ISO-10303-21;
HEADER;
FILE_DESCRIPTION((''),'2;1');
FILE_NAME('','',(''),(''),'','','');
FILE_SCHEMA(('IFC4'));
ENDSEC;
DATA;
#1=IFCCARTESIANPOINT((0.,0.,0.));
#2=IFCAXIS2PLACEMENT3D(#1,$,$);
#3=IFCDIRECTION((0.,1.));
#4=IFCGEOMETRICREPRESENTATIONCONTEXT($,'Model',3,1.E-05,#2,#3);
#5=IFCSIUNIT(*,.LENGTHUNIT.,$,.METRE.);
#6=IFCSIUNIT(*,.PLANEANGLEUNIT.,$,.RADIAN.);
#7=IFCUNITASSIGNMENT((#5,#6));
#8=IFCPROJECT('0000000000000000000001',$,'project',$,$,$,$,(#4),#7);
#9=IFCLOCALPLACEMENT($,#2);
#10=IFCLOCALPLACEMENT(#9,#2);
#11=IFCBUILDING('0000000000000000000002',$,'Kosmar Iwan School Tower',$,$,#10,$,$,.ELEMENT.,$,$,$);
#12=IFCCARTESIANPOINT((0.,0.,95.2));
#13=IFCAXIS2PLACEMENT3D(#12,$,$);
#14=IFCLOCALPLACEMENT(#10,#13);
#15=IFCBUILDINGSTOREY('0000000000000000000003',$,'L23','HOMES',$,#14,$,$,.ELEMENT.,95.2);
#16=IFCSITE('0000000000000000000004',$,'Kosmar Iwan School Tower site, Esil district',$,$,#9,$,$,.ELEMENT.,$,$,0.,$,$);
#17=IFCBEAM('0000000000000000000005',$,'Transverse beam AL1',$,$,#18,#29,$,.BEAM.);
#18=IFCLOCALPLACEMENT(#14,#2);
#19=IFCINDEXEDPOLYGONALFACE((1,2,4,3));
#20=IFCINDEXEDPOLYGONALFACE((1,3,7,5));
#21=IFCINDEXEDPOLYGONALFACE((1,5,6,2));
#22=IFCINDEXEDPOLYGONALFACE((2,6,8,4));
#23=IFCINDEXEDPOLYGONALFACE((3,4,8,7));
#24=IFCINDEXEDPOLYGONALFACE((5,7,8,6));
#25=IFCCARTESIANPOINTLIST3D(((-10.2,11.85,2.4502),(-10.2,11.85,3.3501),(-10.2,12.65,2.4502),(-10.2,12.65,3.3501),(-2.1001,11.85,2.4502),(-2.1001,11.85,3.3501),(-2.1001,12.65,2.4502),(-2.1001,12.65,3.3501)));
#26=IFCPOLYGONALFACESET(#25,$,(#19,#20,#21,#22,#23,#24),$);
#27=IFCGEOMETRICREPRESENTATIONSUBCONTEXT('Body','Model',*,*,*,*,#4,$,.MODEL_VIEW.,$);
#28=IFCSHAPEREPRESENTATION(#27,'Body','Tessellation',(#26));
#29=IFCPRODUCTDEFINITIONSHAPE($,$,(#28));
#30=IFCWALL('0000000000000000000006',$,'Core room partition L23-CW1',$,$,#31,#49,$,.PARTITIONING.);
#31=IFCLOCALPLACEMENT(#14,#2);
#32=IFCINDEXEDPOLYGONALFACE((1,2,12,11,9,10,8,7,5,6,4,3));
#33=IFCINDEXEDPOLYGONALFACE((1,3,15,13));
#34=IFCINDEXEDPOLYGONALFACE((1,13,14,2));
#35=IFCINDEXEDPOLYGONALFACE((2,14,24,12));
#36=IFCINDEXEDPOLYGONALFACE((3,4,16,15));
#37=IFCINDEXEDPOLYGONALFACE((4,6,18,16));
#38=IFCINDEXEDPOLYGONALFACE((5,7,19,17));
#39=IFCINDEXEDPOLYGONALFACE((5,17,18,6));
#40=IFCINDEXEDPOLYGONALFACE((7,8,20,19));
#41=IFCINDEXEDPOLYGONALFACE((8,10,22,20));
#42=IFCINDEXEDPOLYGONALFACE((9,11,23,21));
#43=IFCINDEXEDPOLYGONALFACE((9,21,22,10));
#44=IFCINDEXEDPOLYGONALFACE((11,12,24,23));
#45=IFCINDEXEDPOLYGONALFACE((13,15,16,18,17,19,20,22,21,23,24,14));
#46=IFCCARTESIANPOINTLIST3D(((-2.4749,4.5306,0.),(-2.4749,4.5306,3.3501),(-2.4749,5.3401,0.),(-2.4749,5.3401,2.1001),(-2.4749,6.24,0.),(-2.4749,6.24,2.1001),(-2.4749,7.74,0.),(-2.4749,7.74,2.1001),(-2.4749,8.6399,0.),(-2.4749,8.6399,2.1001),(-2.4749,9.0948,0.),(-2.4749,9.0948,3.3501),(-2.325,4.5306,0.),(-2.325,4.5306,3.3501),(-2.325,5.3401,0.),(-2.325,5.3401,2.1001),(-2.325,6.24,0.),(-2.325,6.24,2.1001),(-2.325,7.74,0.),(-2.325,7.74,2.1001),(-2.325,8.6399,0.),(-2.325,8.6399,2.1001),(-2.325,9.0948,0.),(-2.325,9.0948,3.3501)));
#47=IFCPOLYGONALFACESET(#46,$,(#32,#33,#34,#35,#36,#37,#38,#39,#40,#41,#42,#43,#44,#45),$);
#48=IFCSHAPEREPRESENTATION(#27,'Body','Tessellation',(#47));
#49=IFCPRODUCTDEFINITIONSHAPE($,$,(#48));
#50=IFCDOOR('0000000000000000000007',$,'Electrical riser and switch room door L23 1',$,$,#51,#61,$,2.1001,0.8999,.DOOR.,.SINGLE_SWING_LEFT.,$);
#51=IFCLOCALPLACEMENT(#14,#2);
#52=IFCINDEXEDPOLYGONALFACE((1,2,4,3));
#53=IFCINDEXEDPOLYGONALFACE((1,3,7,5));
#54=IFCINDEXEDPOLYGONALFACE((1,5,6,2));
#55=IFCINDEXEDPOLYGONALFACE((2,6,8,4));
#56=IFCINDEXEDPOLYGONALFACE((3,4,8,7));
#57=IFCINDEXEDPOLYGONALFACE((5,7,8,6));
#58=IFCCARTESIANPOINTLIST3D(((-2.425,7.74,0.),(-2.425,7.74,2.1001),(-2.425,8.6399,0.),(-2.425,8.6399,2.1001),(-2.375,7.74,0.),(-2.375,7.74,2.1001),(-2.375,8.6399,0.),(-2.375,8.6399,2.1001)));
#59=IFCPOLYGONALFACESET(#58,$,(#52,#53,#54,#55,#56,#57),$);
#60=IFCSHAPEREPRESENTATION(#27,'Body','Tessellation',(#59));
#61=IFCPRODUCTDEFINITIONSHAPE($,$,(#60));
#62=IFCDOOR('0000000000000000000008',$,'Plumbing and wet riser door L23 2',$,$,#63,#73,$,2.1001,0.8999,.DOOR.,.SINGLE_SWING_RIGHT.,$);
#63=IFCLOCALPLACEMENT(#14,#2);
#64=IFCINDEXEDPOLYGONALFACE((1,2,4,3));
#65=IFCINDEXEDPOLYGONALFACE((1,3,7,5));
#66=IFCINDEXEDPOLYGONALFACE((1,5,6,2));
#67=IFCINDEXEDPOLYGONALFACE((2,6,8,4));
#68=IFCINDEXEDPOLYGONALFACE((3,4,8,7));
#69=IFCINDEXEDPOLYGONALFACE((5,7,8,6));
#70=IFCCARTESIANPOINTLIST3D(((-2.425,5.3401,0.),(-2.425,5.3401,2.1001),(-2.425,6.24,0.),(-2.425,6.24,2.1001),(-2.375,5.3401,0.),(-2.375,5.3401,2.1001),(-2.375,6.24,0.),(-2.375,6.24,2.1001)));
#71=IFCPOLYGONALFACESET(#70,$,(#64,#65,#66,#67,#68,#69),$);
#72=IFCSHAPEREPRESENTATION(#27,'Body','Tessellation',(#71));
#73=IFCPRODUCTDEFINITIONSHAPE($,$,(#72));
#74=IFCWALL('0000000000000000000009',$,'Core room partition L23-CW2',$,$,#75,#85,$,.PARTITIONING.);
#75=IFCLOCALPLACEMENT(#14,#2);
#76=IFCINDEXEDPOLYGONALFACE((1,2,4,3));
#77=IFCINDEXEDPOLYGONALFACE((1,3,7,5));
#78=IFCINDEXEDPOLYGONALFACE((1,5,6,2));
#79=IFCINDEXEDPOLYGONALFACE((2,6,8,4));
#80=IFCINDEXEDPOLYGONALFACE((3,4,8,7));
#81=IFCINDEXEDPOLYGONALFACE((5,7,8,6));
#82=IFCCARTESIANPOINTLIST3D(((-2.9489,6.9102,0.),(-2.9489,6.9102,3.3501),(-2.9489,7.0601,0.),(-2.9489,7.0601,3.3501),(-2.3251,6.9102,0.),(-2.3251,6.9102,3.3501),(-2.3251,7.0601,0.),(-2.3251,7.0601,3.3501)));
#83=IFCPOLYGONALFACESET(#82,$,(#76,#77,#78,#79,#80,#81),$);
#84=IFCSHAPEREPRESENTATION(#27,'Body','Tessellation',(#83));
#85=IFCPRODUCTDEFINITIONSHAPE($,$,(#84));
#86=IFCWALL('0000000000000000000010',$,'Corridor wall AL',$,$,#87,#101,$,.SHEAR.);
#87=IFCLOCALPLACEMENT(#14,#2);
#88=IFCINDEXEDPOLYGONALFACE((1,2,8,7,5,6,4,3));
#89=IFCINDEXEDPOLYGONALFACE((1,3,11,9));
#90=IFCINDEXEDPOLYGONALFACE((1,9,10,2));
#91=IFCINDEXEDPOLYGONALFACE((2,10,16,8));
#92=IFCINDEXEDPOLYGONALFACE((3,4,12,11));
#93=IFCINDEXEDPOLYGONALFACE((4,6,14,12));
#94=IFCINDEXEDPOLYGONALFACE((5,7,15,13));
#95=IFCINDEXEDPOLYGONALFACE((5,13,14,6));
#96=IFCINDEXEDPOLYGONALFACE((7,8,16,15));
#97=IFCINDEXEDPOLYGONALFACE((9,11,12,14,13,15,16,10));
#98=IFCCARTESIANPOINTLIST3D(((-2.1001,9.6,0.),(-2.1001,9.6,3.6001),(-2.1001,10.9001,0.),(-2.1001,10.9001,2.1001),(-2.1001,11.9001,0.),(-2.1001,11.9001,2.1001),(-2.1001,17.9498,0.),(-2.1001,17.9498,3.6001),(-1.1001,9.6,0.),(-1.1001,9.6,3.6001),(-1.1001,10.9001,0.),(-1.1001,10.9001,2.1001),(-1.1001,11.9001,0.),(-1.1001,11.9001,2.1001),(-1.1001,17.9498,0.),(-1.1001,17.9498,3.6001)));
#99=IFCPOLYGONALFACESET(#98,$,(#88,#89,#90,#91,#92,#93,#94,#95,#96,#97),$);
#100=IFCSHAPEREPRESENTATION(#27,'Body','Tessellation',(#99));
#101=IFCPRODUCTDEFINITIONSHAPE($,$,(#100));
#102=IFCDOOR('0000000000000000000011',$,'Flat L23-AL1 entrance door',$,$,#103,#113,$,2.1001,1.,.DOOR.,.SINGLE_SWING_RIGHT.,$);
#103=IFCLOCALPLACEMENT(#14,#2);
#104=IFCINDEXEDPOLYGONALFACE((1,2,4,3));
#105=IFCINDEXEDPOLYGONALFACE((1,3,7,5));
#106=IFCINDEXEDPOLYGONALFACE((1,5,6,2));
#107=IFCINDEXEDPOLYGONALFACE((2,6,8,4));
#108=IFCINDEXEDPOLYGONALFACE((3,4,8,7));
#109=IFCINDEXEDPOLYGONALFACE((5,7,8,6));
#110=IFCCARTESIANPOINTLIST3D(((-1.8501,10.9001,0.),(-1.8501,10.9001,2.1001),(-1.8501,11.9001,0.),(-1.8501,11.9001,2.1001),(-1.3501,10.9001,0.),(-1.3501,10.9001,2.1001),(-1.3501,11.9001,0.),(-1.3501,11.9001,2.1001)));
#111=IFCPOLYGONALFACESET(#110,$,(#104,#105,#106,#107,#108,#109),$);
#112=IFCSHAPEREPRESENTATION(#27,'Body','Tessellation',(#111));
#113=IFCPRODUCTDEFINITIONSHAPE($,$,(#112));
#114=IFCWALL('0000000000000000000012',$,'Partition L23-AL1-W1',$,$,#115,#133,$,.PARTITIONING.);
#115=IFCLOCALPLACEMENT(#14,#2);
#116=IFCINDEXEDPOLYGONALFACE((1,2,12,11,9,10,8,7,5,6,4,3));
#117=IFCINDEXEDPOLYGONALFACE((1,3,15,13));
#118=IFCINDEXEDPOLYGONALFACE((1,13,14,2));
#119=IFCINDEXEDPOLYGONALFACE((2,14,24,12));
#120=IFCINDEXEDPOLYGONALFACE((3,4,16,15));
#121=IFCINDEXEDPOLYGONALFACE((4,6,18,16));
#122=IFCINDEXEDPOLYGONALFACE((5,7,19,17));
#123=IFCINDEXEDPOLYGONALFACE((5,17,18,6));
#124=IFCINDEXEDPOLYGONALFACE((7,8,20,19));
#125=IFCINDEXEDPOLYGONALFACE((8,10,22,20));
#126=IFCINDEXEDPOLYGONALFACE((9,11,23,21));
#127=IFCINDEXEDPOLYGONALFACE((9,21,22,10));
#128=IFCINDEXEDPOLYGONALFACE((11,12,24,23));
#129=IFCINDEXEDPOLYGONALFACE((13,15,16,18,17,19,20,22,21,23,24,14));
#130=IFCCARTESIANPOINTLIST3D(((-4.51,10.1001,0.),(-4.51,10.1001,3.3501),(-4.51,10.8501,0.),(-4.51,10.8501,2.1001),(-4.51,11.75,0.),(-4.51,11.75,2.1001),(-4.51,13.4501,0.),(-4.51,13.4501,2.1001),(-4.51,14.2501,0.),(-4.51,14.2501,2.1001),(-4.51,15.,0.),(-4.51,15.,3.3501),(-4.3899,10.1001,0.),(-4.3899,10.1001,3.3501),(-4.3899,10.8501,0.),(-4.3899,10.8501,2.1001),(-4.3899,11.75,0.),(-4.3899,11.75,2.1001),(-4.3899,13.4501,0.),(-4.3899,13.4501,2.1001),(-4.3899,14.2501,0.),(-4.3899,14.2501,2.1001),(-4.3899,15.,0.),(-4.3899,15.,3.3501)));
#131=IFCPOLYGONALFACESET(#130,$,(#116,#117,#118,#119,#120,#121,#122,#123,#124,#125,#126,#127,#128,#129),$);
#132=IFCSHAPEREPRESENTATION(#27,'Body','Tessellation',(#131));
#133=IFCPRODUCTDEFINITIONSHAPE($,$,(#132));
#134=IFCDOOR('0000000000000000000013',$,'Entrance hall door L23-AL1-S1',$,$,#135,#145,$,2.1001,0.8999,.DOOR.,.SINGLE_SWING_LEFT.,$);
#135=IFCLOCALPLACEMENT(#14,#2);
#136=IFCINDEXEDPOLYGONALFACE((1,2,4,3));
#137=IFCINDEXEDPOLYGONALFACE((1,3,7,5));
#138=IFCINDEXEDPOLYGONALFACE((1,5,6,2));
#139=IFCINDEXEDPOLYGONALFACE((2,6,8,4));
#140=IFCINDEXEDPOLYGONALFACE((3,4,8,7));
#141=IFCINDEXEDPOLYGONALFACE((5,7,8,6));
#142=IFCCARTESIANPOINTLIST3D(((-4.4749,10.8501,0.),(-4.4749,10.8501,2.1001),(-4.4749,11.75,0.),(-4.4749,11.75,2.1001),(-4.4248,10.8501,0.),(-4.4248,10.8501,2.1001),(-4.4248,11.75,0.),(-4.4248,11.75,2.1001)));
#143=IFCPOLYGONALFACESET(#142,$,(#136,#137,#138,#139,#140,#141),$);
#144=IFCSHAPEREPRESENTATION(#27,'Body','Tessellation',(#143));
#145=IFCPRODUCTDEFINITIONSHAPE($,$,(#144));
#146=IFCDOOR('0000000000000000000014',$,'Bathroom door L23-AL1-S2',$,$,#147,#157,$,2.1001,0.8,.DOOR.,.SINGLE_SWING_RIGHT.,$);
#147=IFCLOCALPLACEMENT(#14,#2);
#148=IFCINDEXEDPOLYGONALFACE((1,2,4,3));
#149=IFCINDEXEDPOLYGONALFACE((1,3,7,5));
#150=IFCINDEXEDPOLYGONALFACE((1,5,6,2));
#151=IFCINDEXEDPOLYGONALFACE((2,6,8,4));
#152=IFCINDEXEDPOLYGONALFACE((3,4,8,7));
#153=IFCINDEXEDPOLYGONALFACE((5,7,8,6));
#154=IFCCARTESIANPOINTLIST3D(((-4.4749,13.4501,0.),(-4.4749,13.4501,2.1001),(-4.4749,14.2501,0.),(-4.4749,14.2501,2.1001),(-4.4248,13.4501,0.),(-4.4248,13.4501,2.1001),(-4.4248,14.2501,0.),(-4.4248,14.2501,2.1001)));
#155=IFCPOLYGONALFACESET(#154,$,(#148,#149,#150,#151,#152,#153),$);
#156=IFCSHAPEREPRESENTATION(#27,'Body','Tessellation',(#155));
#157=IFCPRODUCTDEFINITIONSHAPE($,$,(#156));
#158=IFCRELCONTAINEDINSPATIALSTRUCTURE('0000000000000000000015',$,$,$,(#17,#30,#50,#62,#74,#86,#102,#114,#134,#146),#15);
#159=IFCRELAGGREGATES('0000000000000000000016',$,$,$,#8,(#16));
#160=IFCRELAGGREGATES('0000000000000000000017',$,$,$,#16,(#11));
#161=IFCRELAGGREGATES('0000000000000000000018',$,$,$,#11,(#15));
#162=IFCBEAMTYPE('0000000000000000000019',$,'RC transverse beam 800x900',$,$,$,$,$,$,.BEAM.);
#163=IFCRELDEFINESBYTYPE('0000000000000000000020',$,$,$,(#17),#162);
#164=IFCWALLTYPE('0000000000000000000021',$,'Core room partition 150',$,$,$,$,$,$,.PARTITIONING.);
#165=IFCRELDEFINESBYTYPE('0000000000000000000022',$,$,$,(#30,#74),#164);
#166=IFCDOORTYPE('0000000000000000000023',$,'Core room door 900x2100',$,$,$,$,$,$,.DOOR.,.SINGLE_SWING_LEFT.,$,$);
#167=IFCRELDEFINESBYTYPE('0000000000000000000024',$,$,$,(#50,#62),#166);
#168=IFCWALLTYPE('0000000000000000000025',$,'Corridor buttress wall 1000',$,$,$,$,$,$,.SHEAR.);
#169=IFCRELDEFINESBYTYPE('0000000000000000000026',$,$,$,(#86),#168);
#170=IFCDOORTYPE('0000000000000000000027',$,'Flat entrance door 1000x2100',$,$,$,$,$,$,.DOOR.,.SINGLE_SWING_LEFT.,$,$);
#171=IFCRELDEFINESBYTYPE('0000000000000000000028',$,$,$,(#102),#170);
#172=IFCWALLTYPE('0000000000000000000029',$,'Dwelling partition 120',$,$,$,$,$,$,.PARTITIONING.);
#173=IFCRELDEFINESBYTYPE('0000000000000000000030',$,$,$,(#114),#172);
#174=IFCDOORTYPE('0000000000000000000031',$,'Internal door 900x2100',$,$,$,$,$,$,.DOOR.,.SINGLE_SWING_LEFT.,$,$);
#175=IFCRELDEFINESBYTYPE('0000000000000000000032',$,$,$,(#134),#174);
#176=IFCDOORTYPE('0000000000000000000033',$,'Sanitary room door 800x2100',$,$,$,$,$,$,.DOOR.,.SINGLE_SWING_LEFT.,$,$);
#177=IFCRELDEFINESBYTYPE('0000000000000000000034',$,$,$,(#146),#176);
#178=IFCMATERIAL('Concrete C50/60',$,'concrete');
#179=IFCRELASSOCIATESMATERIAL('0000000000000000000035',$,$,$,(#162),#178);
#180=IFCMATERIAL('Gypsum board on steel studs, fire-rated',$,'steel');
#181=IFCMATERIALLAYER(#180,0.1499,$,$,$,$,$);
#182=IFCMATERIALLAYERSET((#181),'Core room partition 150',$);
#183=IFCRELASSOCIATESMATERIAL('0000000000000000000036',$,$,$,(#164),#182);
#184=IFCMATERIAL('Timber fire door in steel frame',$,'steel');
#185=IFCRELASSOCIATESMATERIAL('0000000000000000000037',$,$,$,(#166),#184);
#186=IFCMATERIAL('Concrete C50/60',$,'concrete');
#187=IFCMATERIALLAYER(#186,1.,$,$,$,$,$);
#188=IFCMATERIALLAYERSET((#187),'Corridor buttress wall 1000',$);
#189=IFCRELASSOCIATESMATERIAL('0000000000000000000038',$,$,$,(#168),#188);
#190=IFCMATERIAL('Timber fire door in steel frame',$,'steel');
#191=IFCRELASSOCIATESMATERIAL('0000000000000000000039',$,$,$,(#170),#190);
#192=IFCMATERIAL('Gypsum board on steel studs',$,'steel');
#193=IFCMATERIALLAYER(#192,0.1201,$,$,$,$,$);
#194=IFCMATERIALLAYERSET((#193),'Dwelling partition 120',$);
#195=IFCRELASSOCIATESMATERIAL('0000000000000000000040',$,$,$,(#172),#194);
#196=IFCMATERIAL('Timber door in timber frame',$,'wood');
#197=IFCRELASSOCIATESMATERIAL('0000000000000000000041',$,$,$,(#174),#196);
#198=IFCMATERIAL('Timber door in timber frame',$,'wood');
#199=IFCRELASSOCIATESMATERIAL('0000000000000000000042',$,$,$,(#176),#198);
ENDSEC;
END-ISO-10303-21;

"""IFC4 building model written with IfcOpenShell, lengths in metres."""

from ifc_helpers import new_model, si_unit, direction, frame, frame_2d, origin, origin_2d, place, context, subcontext, project, spatial, rectangle, extrude, material, layer, layer_set, material_profile, profile_set, type_object, element, fill, save


model = new_model("IFC4")

# Units and contexts
model_context = context("Model", 3, precision=1e-05, world=origin(), true_north=direction((0.0, 1.0)))
body_context = subcontext(model_context, "Body", "Model", "MODEL_VIEW")
ifc_project = project(units=[si_unit("LENGTHUNIT", "METRE"), si_unit("PLANEANGLEUNIT", "RADIAN")], contexts=[model_context])

# Site, building, storey
site_placement = place(None, origin())
site = spatial("IfcSite", under=ifc_project, at=site_placement, Name="Kosmar Iwan School Tower site, Esil district", CompositionType="ELEMENT", RefElevation=0.0)
building_placement = place(site_placement, origin())
building = spatial("IfcBuilding", under=site, at=building_placement, Name="Kosmar Iwan School Tower", CompositionType="ELEMENT")
storey_placement = place(building_placement, frame((0.0, 0.0, 95.2)))
storey = spatial("IfcBuildingStorey", under=building, at=storey_placement, Name="L23", Description="HOMES", CompositionType="ELEMENT", Elevation=95.2)

# Beam
ifc_material_1 = material(Name="Concrete C50/60", Category="concrete")
ifc_material_profile = material_profile(ifc_material_1, rectangle(XDim=0.8, YDim=0.8999, at=origin_2d()), Name="RC 800x900")
ifc_profile_set = profile_set([ifc_material_profile], Name="Concrete C50/60")
beam_type = type_object("IfcBeamType", Name="RC transverse beam 800x900", PredefinedType="BEAM", material=ifc_profile_set)
beam_placement = place(storey_placement, frame((-10.2, 12.25, 2.9001), z_axis=(1.0, 0.0, 0.0), x_axis=(0.0, 1.0, 0.0)))
element("IfcBeam", 1, at=beam_placement, inside=storey, type_object=beam_type, Name="Transverse beam AL1", PredefinedType="BEAM", context=body_context, shape_type="SweptSolid", body=[
    extrude(rectangle(XDim=0.8, YDim=0.8999, at=origin_2d()), origin(), (0.0, 0.0, 1.0), 8.0999),
])

# Wall, openings, doors
ifc_material_2 = material(Name="Gypsum board on steel studs, fire-rated", Category="steel")
ifc_layer_1 = layer(ifc_material_2, 0.1499)
ifc_layer_set_1 = layer_set([ifc_layer_1], Name="Core room partition 150")
wall_type_1 = type_object("IfcWallType", Name="Core room partition 150", PredefinedType="PARTITIONING", material=ifc_layer_set_1)
wall_1_placement = place(storey_placement, frame((-2.3999, 9.095, 0.0), z_axis=(0.0, 0.0, 1.0), x_axis=(0.0, -1.0, 0.0)))
wall_1 = element("IfcWall", 2, at=wall_1_placement, inside=storey, type_object=wall_type_1, Name="Core room partition L23-CW1", PredefinedType="PARTITIONING", context=body_context, shape_type="SweptSolid", body=[
    extrude(rectangle(XDim=4.5642, YDim=0.1499, at=frame_2d((2.2822, 0.0))), origin(), (0.0, 0.0, 1.0), 3.3501),
])
opening_1_placement = place(wall_1_placement, frame((0.4551, 0.0, 0.0)))
opening_1 = element("IfcOpeningElement", 3, at=opening_1_placement, cuts=wall_1, PredefinedType="OPENING", context=body_context, shape_type="SweptSolid", body=[
    extrude(rectangle(XDim=0.8999, YDim=2.1001, at=frame_2d((0.45, 1.05))), frame((0.0, 0.0869, 0.0), z_axis=(0.0, -1.0, 0.0), x_axis=(1.0, 0.0, 0.0)), (0.0, 0.0, 1.0), 0.1738),
])
opening_2_placement = place(wall_1_placement, frame((2.855, 0.0, 0.0)))
opening_2 = element("IfcOpeningElement", 4, at=opening_2_placement, cuts=wall_1, PredefinedType="OPENING", context=body_context, shape_type="SweptSolid", body=[
    extrude(rectangle(XDim=0.8999, YDim=2.1001, at=frame_2d((0.45, 1.05))), frame((0.0, 0.0869, 0.0), z_axis=(0.0, -1.0, 0.0), x_axis=(1.0, 0.0, 0.0)), (0.0, 0.0, 1.0), 0.1738),
])
ifc_material_3 = material(Name="Timber fire door in steel frame", Category="steel")
door_type_1 = type_object("IfcDoorType", Name="Core room door 900x2100", OperationType="SINGLE_SWING_LEFT", PredefinedType="DOOR", material=ifc_material_3)
door_1_placement = place(opening_1_placement, origin())
door_1 = element("IfcDoor", 5, at=door_1_placement, inside=storey, type_object=door_type_1, Name="Electrical riser and switch room door L23 1", OperationType="SINGLE_SWING_LEFT", OverallHeight=2.1001, OverallWidth=0.8999, PredefinedType="DOOR", context=body_context, shape_type="SweptSolid", body=[
    extrude(rectangle(XDim=0.8999, YDim=2.1001, at=frame_2d((0.45, 1.05))), frame((0.0, 0.0249, 0.0), z_axis=(0.0, -1.0, 0.0), x_axis=(1.0, 0.0, 0.0)), (0.0, 0.0, 1.0), 0.05),
])
fill(opening_1, door_1)
door_2_placement = place(opening_2_placement, origin())
door_2 = element("IfcDoor", 6, at=door_2_placement, inside=storey, type_object=door_type_1, Name="Plumbing and wet riser door L23 2", OperationType="SINGLE_SWING_RIGHT", OverallHeight=2.1001, OverallWidth=0.8999, PredefinedType="DOOR", context=body_context, shape_type="SweptSolid", body=[
    extrude(rectangle(XDim=0.8999, YDim=2.1001, at=frame_2d((0.45, 1.05))), frame((0.0, 0.0249, 0.0), z_axis=(0.0, -1.0, 0.0), x_axis=(1.0, 0.0, 0.0)), (0.0, 0.0, 1.0), 0.05),
])
fill(opening_2, door_2)

# Wall
wall_2_placement = place(storey_placement, frame((-2.325, 6.9851, 0.0), z_axis=(0.0, 0.0, 1.0), x_axis=(-1.0, 0.0, 0.0)))
element("IfcWall", 7, at=wall_2_placement, inside=storey, type_object=wall_type_1, Name="Core room partition L23-CW2", PredefinedType="PARTITIONING", context=body_context, shape_type="SweptSolid", body=[
    extrude(rectangle(XDim=0.6238, YDim=0.1499, at=frame_2d((0.312, 0.0))), origin(), (0.0, 0.0, 1.0), 3.3501),
])

# Wall, opening, door
ifc_material_4 = material(Name="Concrete C50/60", Category="concrete")
ifc_layer_2 = layer(ifc_material_4, 1.0)
ifc_layer_set_2 = layer_set([ifc_layer_2], Name="Corridor buttress wall 1000")
wall_type_2 = type_object("IfcWallType", Name="Corridor buttress wall 1000", PredefinedType="SHEAR", material=ifc_layer_set_2)
wall_3_placement = place(storey_placement, frame((-1.6001, 9.6001, 0.0), z_axis=(0.0, 0.0, 1.0), x_axis=(0.0, 1.0, 0.0)))
wall_3 = element("IfcWall", 8, at=wall_3_placement, inside=storey, type_object=wall_type_2, Name="Corridor wall AL", PredefinedType="SHEAR", context=body_context, shape_type="SweptSolid", body=[
    extrude(rectangle(XDim=8.3499, YDim=1.0, at=frame_2d((4.1748, 0.0))), origin(), (0.0, 0.0, 1.0), 3.6001),
])
opening_3_placement = place(wall_3_placement, frame((1.3, 0.0, 0.0)))
opening_3 = element("IfcOpeningElement", 9, at=opening_3_placement, cuts=wall_3, PredefinedType="OPENING", context=body_context, shape_type="SweptSolid", body=[
    extrude(rectangle(XDim=1.0, YDim=2.1001, at=frame_2d((0.5, 1.05))), frame((0.0, 0.512, 0.0), z_axis=(0.0, -1.0, 0.0), x_axis=(1.0, 0.0, 0.0)), (0.0, 0.0, 1.0), 1.0239),
])
ifc_material_5 = material(Name="Timber fire door in steel frame", Category="steel")
door_type_2 = type_object("IfcDoorType", Name="Flat entrance door 1000x2100", OperationType="SINGLE_SWING_LEFT", PredefinedType="DOOR", material=ifc_material_5)
door_3_placement = place(opening_3_placement, origin())
door_3 = element("IfcDoor", 10, at=door_3_placement, inside=storey, type_object=door_type_2, Name="Flat L23-AL1 entrance door", OperationType="SINGLE_SWING_RIGHT", OverallHeight=2.1001, OverallWidth=1.0, PredefinedType="DOOR", context=body_context, shape_type="SweptSolid", body=[
    extrude(rectangle(XDim=1.0, YDim=2.1001, at=frame_2d((0.5, 1.05))), frame((0.0, 0.25, 0.0), z_axis=(0.0, -1.0, 0.0), x_axis=(1.0, 0.0, 0.0)), (0.0, 0.0, 1.0), 0.5),
])
fill(opening_3, door_3)

# Wall, openings, doors
ifc_material_6 = material(Name="Gypsum board on steel studs", Category="steel")
ifc_layer_3 = layer(ifc_material_6, 0.1201)
ifc_layer_set_3 = layer_set([ifc_layer_3], Name="Dwelling partition 120")
wall_type_3 = type_object("IfcWallType", Name="Dwelling partition 120", PredefinedType="PARTITIONING", material=ifc_layer_set_3)
wall_4_placement = place(storey_placement, frame((-4.45, 10.1001, 0.0), z_axis=(0.0, 0.0, 1.0), x_axis=(0.0, 1.0, 0.0)))
wall_4 = element("IfcWall", 11, at=wall_4_placement, inside=storey, type_object=wall_type_3, Name="Partition L23-AL1-W1", PredefinedType="PARTITIONING", context=body_context, shape_type="SweptSolid", body=[
    extrude(rectangle(XDim=4.8999, YDim=0.1201, at=frame_2d((2.45, 0.0))), origin(), (0.0, 0.0, 1.0), 3.3501),
])
opening_4_placement = place(wall_4_placement, frame((0.75, 0.0, 0.0)))
opening_4 = element("IfcOpeningElement", 12, at=opening_4_placement, cuts=wall_4, PredefinedType="OPENING", context=body_context, shape_type="SweptSolid", body=[
    extrude(rectangle(XDim=0.8999, YDim=2.1001, at=frame_2d((0.45, 1.05))), frame((0.0, 0.072, 0.0), z_axis=(0.0, -1.0, 0.0), x_axis=(1.0, 0.0, 0.0)), (0.0, 0.0, 1.0), 0.144),
])
opening_5_placement = place(wall_4_placement, frame((3.3501, 0.0, 0.0)))
opening_5 = element("IfcOpeningElement", 13, at=opening_5_placement, cuts=wall_4, PredefinedType="OPENING", context=body_context, shape_type="SweptSolid", body=[
    extrude(rectangle(XDim=0.8, YDim=2.1001, at=frame_2d((0.3999, 1.05))), frame((0.0, 0.072, 0.0), z_axis=(0.0, -1.0, 0.0), x_axis=(1.0, 0.0, 0.0)), (0.0, 0.0, 1.0), 0.144),
])
ifc_material_7 = material(Name="Timber door in timber frame", Category="wood")
door_type_3 = type_object("IfcDoorType", Name="Internal door 900x2100", OperationType="SINGLE_SWING_LEFT", PredefinedType="DOOR", material=ifc_material_7)
door_4_placement = place(opening_4_placement, origin())
door_4 = element("IfcDoor", 14, at=door_4_placement, inside=storey, type_object=door_type_3, Name="Entrance hall door L23-AL1-S1", OperationType="SINGLE_SWING_LEFT", OverallHeight=2.1001, OverallWidth=0.8999, PredefinedType="DOOR", context=body_context, shape_type="SweptSolid", body=[
    extrude(rectangle(XDim=0.8999, YDim=2.1001, at=frame_2d((0.45, 1.05))), frame((0.0, 0.0249, 0.0), z_axis=(0.0, -1.0, 0.0), x_axis=(1.0, 0.0, 0.0)), (0.0, 0.0, 1.0), 0.05),
])
fill(opening_4, door_4)
ifc_material_8 = material(Name="Timber door in timber frame", Category="wood")
door_type_4 = type_object("IfcDoorType", Name="Sanitary room door 800x2100", OperationType="SINGLE_SWING_LEFT", PredefinedType="DOOR", material=ifc_material_8)
door_5_placement = place(opening_5_placement, origin())
door_5 = element("IfcDoor", 15, at=door_5_placement, inside=storey, type_object=door_type_4, Name="Bathroom door L23-AL1-S2", OperationType="SINGLE_SWING_RIGHT", OverallHeight=2.1001, OverallWidth=0.8, PredefinedType="DOOR", context=body_context, shape_type="SweptSolid", body=[
    extrude(rectangle(XDim=0.8, YDim=2.1001, at=frame_2d((0.3999, 1.05))), frame((0.0, 0.0249, 0.0), z_axis=(0.0, -1.0, 0.0), x_axis=(1.0, 0.0, 0.0)), (0.0, 0.0, 1.0), 0.05),
])
fill(opening_5, door_5)

save(model, "model.ifc")
